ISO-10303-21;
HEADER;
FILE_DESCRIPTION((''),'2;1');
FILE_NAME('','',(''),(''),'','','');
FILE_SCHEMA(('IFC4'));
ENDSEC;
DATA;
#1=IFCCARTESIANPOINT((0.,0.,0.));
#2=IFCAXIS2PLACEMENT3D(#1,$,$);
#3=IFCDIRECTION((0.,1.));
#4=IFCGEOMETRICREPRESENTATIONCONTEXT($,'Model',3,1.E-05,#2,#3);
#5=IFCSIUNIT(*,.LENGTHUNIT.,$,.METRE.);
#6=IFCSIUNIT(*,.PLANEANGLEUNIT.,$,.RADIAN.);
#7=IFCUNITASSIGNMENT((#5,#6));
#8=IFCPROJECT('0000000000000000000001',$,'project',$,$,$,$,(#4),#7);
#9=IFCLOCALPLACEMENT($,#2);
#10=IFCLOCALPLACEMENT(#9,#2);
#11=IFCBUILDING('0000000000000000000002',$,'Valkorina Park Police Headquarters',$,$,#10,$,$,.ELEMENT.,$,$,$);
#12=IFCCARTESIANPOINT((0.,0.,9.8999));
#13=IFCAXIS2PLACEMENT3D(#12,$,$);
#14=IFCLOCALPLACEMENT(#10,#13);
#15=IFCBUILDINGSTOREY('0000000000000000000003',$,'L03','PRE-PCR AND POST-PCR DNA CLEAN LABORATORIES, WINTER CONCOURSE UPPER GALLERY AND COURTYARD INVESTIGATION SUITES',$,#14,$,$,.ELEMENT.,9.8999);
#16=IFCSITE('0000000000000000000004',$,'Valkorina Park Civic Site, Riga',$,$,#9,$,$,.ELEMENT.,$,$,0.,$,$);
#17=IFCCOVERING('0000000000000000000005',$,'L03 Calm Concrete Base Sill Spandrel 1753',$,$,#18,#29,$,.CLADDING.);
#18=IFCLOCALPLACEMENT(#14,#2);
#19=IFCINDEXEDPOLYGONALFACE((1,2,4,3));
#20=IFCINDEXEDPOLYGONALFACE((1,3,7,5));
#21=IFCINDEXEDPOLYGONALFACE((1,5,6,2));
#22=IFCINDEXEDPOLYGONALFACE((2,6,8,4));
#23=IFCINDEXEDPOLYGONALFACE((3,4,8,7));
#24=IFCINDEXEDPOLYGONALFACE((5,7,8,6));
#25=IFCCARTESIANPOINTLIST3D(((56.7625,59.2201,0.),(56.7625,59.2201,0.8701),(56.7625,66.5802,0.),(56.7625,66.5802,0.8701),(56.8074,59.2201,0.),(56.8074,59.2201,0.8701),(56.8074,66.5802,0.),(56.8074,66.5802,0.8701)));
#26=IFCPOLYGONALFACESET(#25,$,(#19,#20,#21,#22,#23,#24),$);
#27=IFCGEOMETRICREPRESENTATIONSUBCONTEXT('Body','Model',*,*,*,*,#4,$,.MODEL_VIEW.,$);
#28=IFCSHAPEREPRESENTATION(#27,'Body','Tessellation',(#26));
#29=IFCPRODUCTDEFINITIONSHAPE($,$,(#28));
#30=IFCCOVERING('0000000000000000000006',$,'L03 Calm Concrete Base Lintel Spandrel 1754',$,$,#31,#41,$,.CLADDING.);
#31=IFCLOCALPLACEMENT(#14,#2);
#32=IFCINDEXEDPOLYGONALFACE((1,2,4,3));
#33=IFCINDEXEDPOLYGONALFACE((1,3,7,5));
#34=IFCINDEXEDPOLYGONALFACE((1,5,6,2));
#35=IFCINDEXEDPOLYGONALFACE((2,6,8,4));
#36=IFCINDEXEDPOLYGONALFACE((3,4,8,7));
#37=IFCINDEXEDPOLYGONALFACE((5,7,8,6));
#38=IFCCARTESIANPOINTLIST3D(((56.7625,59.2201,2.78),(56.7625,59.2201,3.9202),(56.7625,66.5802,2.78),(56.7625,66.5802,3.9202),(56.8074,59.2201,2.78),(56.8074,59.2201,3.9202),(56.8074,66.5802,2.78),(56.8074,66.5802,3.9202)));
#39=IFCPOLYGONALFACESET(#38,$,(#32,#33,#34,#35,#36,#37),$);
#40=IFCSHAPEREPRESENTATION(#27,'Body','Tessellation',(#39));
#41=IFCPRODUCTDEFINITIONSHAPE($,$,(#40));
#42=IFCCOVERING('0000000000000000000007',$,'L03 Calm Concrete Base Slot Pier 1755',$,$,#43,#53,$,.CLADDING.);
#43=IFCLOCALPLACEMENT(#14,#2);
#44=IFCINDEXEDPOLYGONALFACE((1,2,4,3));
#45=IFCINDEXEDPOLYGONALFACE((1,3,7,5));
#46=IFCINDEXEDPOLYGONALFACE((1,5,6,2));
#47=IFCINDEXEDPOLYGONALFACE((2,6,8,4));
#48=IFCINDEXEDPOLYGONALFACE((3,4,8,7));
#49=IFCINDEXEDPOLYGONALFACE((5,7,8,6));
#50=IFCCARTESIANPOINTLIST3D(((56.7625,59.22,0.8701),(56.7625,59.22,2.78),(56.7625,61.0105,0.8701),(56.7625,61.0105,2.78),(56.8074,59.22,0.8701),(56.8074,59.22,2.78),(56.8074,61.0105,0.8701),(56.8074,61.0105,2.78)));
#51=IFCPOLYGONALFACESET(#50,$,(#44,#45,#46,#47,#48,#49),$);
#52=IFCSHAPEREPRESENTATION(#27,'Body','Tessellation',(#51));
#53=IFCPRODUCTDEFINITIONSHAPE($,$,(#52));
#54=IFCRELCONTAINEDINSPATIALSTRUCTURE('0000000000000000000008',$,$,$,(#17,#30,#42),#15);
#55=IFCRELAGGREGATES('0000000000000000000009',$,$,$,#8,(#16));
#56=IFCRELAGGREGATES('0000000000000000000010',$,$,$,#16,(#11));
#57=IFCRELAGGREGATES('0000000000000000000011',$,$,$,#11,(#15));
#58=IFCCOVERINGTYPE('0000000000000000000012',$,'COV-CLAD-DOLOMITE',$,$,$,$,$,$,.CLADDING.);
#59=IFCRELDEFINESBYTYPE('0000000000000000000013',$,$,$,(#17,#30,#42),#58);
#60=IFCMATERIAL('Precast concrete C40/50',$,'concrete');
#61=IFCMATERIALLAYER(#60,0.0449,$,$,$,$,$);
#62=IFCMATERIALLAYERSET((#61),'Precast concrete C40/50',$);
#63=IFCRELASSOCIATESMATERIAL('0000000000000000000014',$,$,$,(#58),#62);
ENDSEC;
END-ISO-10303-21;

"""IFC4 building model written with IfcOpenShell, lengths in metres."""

from ifc_helpers import new_model, si_unit, direction, frame, frame_2d, origin, place, context, subcontext, project, spatial, rectangle, extrude, material, layer, layer_set, type_object, element, save


model = new_model("IFC4")

# Units and contexts
model_context = context("Model", 3, precision=1e-05, world=origin(), true_north=direction((0.0, 1.0)))
body_context = subcontext(model_context, "Body", "Model", "MODEL_VIEW")
ifc_project = project(units=[si_unit("LENGTHUNIT", "METRE"), si_unit("PLANEANGLEUNIT", "RADIAN")], contexts=[model_context])

# Site, building, storey
site_placement = place(None, origin())
site = spatial("IfcSite", under=ifc_project, at=site_placement, Name="Valkorina Park Civic Site, Riga", CompositionType="ELEMENT", RefElevation=0.0)
building_placement = place(site_placement, origin())
building = spatial("IfcBuilding", under=site, at=building_placement, Name="Valkorina Park Police Headquarters", CompositionType="ELEMENT")
storey_placement = place(building_placement, frame((0.0, 0.0, 9.8999)))
storey = spatial("IfcBuildingStorey", under=building, at=storey_placement, Name="L03", Description="PRE-PCR AND POST-PCR DNA CLEAN LABORATORIES, WINTER CONCOURSE UPPER GALLERY AND COURTYARD INVESTIGATION SUITES", CompositionType="ELEMENT", Elevation=9.8999)

# Coverings
ifc_material_1 = material(Name="Precast concrete C40/50", Category="concrete")
ifc_layer_1 = layer(ifc_material_1, 0.0449)
ifc_layer_set_1 = layer_set([ifc_layer_1], Name="Precast concrete C40/50")
covering_type = type_object("IfcCoveringType", Name="COV-CLAD-DOLOMITE", PredefinedType="CLADDING", material=ifc_layer_set_1)
covering_1_placement = place(storey_placement, frame((56.7849, 59.22, 0.0), z_axis=(0.0, 0.0, 1.0), x_axis=(0.0, 1.0, 0.0)))
element("IfcCovering", 1, at=covering_1_placement, inside=storey, type_object=covering_type, Name="L03 Calm Concrete Base Sill Spandrel 1753", PredefinedType="CLADDING", context=body_context, shape_type="SweptSolid", body=[
    extrude(rectangle(XDim=7.3601, YDim=0.0449, at=frame_2d((3.6802, 0.0))), origin(), (0.0, 0.0, 1.0), 0.8701),
])
covering_2_placement = place(storey_placement, frame((56.7849, 59.22, 2.78), z_axis=(0.0, 0.0, 1.0), x_axis=(0.0, 1.0, 0.0)))
element("IfcCovering", 2, at=covering_2_placement, inside=storey, type_object=covering_type, Name="L03 Calm Concrete Base Lintel Spandrel 1754", PredefinedType="CLADDING", context=body_context, shape_type="SweptSolid", body=[
    extrude(rectangle(XDim=7.3601, YDim=0.0449, at=frame_2d((3.6802, 0.0))), origin(), (0.0, 0.0, 1.0), 1.1401),
])
covering_3_placement = place(storey_placement, frame((56.7849, 59.22, 0.8701), z_axis=(0.0, 0.0, 1.0), x_axis=(0.0, 1.0, 0.0)))
element("IfcCovering", 3, at=covering_3_placement, inside=storey, type_object=covering_type, Name="L03 Calm Concrete Base Slot Pier 1755", PredefinedType="CLADDING", context=body_context, shape_type="SweptSolid", body=[
    extrude(rectangle(XDim=1.7905, YDim=0.0449, at=frame_2d((0.8953, 0.0))), origin(), (0.0, 0.0, 1.0), 1.9099),
])

save(model, "model.ifc")
